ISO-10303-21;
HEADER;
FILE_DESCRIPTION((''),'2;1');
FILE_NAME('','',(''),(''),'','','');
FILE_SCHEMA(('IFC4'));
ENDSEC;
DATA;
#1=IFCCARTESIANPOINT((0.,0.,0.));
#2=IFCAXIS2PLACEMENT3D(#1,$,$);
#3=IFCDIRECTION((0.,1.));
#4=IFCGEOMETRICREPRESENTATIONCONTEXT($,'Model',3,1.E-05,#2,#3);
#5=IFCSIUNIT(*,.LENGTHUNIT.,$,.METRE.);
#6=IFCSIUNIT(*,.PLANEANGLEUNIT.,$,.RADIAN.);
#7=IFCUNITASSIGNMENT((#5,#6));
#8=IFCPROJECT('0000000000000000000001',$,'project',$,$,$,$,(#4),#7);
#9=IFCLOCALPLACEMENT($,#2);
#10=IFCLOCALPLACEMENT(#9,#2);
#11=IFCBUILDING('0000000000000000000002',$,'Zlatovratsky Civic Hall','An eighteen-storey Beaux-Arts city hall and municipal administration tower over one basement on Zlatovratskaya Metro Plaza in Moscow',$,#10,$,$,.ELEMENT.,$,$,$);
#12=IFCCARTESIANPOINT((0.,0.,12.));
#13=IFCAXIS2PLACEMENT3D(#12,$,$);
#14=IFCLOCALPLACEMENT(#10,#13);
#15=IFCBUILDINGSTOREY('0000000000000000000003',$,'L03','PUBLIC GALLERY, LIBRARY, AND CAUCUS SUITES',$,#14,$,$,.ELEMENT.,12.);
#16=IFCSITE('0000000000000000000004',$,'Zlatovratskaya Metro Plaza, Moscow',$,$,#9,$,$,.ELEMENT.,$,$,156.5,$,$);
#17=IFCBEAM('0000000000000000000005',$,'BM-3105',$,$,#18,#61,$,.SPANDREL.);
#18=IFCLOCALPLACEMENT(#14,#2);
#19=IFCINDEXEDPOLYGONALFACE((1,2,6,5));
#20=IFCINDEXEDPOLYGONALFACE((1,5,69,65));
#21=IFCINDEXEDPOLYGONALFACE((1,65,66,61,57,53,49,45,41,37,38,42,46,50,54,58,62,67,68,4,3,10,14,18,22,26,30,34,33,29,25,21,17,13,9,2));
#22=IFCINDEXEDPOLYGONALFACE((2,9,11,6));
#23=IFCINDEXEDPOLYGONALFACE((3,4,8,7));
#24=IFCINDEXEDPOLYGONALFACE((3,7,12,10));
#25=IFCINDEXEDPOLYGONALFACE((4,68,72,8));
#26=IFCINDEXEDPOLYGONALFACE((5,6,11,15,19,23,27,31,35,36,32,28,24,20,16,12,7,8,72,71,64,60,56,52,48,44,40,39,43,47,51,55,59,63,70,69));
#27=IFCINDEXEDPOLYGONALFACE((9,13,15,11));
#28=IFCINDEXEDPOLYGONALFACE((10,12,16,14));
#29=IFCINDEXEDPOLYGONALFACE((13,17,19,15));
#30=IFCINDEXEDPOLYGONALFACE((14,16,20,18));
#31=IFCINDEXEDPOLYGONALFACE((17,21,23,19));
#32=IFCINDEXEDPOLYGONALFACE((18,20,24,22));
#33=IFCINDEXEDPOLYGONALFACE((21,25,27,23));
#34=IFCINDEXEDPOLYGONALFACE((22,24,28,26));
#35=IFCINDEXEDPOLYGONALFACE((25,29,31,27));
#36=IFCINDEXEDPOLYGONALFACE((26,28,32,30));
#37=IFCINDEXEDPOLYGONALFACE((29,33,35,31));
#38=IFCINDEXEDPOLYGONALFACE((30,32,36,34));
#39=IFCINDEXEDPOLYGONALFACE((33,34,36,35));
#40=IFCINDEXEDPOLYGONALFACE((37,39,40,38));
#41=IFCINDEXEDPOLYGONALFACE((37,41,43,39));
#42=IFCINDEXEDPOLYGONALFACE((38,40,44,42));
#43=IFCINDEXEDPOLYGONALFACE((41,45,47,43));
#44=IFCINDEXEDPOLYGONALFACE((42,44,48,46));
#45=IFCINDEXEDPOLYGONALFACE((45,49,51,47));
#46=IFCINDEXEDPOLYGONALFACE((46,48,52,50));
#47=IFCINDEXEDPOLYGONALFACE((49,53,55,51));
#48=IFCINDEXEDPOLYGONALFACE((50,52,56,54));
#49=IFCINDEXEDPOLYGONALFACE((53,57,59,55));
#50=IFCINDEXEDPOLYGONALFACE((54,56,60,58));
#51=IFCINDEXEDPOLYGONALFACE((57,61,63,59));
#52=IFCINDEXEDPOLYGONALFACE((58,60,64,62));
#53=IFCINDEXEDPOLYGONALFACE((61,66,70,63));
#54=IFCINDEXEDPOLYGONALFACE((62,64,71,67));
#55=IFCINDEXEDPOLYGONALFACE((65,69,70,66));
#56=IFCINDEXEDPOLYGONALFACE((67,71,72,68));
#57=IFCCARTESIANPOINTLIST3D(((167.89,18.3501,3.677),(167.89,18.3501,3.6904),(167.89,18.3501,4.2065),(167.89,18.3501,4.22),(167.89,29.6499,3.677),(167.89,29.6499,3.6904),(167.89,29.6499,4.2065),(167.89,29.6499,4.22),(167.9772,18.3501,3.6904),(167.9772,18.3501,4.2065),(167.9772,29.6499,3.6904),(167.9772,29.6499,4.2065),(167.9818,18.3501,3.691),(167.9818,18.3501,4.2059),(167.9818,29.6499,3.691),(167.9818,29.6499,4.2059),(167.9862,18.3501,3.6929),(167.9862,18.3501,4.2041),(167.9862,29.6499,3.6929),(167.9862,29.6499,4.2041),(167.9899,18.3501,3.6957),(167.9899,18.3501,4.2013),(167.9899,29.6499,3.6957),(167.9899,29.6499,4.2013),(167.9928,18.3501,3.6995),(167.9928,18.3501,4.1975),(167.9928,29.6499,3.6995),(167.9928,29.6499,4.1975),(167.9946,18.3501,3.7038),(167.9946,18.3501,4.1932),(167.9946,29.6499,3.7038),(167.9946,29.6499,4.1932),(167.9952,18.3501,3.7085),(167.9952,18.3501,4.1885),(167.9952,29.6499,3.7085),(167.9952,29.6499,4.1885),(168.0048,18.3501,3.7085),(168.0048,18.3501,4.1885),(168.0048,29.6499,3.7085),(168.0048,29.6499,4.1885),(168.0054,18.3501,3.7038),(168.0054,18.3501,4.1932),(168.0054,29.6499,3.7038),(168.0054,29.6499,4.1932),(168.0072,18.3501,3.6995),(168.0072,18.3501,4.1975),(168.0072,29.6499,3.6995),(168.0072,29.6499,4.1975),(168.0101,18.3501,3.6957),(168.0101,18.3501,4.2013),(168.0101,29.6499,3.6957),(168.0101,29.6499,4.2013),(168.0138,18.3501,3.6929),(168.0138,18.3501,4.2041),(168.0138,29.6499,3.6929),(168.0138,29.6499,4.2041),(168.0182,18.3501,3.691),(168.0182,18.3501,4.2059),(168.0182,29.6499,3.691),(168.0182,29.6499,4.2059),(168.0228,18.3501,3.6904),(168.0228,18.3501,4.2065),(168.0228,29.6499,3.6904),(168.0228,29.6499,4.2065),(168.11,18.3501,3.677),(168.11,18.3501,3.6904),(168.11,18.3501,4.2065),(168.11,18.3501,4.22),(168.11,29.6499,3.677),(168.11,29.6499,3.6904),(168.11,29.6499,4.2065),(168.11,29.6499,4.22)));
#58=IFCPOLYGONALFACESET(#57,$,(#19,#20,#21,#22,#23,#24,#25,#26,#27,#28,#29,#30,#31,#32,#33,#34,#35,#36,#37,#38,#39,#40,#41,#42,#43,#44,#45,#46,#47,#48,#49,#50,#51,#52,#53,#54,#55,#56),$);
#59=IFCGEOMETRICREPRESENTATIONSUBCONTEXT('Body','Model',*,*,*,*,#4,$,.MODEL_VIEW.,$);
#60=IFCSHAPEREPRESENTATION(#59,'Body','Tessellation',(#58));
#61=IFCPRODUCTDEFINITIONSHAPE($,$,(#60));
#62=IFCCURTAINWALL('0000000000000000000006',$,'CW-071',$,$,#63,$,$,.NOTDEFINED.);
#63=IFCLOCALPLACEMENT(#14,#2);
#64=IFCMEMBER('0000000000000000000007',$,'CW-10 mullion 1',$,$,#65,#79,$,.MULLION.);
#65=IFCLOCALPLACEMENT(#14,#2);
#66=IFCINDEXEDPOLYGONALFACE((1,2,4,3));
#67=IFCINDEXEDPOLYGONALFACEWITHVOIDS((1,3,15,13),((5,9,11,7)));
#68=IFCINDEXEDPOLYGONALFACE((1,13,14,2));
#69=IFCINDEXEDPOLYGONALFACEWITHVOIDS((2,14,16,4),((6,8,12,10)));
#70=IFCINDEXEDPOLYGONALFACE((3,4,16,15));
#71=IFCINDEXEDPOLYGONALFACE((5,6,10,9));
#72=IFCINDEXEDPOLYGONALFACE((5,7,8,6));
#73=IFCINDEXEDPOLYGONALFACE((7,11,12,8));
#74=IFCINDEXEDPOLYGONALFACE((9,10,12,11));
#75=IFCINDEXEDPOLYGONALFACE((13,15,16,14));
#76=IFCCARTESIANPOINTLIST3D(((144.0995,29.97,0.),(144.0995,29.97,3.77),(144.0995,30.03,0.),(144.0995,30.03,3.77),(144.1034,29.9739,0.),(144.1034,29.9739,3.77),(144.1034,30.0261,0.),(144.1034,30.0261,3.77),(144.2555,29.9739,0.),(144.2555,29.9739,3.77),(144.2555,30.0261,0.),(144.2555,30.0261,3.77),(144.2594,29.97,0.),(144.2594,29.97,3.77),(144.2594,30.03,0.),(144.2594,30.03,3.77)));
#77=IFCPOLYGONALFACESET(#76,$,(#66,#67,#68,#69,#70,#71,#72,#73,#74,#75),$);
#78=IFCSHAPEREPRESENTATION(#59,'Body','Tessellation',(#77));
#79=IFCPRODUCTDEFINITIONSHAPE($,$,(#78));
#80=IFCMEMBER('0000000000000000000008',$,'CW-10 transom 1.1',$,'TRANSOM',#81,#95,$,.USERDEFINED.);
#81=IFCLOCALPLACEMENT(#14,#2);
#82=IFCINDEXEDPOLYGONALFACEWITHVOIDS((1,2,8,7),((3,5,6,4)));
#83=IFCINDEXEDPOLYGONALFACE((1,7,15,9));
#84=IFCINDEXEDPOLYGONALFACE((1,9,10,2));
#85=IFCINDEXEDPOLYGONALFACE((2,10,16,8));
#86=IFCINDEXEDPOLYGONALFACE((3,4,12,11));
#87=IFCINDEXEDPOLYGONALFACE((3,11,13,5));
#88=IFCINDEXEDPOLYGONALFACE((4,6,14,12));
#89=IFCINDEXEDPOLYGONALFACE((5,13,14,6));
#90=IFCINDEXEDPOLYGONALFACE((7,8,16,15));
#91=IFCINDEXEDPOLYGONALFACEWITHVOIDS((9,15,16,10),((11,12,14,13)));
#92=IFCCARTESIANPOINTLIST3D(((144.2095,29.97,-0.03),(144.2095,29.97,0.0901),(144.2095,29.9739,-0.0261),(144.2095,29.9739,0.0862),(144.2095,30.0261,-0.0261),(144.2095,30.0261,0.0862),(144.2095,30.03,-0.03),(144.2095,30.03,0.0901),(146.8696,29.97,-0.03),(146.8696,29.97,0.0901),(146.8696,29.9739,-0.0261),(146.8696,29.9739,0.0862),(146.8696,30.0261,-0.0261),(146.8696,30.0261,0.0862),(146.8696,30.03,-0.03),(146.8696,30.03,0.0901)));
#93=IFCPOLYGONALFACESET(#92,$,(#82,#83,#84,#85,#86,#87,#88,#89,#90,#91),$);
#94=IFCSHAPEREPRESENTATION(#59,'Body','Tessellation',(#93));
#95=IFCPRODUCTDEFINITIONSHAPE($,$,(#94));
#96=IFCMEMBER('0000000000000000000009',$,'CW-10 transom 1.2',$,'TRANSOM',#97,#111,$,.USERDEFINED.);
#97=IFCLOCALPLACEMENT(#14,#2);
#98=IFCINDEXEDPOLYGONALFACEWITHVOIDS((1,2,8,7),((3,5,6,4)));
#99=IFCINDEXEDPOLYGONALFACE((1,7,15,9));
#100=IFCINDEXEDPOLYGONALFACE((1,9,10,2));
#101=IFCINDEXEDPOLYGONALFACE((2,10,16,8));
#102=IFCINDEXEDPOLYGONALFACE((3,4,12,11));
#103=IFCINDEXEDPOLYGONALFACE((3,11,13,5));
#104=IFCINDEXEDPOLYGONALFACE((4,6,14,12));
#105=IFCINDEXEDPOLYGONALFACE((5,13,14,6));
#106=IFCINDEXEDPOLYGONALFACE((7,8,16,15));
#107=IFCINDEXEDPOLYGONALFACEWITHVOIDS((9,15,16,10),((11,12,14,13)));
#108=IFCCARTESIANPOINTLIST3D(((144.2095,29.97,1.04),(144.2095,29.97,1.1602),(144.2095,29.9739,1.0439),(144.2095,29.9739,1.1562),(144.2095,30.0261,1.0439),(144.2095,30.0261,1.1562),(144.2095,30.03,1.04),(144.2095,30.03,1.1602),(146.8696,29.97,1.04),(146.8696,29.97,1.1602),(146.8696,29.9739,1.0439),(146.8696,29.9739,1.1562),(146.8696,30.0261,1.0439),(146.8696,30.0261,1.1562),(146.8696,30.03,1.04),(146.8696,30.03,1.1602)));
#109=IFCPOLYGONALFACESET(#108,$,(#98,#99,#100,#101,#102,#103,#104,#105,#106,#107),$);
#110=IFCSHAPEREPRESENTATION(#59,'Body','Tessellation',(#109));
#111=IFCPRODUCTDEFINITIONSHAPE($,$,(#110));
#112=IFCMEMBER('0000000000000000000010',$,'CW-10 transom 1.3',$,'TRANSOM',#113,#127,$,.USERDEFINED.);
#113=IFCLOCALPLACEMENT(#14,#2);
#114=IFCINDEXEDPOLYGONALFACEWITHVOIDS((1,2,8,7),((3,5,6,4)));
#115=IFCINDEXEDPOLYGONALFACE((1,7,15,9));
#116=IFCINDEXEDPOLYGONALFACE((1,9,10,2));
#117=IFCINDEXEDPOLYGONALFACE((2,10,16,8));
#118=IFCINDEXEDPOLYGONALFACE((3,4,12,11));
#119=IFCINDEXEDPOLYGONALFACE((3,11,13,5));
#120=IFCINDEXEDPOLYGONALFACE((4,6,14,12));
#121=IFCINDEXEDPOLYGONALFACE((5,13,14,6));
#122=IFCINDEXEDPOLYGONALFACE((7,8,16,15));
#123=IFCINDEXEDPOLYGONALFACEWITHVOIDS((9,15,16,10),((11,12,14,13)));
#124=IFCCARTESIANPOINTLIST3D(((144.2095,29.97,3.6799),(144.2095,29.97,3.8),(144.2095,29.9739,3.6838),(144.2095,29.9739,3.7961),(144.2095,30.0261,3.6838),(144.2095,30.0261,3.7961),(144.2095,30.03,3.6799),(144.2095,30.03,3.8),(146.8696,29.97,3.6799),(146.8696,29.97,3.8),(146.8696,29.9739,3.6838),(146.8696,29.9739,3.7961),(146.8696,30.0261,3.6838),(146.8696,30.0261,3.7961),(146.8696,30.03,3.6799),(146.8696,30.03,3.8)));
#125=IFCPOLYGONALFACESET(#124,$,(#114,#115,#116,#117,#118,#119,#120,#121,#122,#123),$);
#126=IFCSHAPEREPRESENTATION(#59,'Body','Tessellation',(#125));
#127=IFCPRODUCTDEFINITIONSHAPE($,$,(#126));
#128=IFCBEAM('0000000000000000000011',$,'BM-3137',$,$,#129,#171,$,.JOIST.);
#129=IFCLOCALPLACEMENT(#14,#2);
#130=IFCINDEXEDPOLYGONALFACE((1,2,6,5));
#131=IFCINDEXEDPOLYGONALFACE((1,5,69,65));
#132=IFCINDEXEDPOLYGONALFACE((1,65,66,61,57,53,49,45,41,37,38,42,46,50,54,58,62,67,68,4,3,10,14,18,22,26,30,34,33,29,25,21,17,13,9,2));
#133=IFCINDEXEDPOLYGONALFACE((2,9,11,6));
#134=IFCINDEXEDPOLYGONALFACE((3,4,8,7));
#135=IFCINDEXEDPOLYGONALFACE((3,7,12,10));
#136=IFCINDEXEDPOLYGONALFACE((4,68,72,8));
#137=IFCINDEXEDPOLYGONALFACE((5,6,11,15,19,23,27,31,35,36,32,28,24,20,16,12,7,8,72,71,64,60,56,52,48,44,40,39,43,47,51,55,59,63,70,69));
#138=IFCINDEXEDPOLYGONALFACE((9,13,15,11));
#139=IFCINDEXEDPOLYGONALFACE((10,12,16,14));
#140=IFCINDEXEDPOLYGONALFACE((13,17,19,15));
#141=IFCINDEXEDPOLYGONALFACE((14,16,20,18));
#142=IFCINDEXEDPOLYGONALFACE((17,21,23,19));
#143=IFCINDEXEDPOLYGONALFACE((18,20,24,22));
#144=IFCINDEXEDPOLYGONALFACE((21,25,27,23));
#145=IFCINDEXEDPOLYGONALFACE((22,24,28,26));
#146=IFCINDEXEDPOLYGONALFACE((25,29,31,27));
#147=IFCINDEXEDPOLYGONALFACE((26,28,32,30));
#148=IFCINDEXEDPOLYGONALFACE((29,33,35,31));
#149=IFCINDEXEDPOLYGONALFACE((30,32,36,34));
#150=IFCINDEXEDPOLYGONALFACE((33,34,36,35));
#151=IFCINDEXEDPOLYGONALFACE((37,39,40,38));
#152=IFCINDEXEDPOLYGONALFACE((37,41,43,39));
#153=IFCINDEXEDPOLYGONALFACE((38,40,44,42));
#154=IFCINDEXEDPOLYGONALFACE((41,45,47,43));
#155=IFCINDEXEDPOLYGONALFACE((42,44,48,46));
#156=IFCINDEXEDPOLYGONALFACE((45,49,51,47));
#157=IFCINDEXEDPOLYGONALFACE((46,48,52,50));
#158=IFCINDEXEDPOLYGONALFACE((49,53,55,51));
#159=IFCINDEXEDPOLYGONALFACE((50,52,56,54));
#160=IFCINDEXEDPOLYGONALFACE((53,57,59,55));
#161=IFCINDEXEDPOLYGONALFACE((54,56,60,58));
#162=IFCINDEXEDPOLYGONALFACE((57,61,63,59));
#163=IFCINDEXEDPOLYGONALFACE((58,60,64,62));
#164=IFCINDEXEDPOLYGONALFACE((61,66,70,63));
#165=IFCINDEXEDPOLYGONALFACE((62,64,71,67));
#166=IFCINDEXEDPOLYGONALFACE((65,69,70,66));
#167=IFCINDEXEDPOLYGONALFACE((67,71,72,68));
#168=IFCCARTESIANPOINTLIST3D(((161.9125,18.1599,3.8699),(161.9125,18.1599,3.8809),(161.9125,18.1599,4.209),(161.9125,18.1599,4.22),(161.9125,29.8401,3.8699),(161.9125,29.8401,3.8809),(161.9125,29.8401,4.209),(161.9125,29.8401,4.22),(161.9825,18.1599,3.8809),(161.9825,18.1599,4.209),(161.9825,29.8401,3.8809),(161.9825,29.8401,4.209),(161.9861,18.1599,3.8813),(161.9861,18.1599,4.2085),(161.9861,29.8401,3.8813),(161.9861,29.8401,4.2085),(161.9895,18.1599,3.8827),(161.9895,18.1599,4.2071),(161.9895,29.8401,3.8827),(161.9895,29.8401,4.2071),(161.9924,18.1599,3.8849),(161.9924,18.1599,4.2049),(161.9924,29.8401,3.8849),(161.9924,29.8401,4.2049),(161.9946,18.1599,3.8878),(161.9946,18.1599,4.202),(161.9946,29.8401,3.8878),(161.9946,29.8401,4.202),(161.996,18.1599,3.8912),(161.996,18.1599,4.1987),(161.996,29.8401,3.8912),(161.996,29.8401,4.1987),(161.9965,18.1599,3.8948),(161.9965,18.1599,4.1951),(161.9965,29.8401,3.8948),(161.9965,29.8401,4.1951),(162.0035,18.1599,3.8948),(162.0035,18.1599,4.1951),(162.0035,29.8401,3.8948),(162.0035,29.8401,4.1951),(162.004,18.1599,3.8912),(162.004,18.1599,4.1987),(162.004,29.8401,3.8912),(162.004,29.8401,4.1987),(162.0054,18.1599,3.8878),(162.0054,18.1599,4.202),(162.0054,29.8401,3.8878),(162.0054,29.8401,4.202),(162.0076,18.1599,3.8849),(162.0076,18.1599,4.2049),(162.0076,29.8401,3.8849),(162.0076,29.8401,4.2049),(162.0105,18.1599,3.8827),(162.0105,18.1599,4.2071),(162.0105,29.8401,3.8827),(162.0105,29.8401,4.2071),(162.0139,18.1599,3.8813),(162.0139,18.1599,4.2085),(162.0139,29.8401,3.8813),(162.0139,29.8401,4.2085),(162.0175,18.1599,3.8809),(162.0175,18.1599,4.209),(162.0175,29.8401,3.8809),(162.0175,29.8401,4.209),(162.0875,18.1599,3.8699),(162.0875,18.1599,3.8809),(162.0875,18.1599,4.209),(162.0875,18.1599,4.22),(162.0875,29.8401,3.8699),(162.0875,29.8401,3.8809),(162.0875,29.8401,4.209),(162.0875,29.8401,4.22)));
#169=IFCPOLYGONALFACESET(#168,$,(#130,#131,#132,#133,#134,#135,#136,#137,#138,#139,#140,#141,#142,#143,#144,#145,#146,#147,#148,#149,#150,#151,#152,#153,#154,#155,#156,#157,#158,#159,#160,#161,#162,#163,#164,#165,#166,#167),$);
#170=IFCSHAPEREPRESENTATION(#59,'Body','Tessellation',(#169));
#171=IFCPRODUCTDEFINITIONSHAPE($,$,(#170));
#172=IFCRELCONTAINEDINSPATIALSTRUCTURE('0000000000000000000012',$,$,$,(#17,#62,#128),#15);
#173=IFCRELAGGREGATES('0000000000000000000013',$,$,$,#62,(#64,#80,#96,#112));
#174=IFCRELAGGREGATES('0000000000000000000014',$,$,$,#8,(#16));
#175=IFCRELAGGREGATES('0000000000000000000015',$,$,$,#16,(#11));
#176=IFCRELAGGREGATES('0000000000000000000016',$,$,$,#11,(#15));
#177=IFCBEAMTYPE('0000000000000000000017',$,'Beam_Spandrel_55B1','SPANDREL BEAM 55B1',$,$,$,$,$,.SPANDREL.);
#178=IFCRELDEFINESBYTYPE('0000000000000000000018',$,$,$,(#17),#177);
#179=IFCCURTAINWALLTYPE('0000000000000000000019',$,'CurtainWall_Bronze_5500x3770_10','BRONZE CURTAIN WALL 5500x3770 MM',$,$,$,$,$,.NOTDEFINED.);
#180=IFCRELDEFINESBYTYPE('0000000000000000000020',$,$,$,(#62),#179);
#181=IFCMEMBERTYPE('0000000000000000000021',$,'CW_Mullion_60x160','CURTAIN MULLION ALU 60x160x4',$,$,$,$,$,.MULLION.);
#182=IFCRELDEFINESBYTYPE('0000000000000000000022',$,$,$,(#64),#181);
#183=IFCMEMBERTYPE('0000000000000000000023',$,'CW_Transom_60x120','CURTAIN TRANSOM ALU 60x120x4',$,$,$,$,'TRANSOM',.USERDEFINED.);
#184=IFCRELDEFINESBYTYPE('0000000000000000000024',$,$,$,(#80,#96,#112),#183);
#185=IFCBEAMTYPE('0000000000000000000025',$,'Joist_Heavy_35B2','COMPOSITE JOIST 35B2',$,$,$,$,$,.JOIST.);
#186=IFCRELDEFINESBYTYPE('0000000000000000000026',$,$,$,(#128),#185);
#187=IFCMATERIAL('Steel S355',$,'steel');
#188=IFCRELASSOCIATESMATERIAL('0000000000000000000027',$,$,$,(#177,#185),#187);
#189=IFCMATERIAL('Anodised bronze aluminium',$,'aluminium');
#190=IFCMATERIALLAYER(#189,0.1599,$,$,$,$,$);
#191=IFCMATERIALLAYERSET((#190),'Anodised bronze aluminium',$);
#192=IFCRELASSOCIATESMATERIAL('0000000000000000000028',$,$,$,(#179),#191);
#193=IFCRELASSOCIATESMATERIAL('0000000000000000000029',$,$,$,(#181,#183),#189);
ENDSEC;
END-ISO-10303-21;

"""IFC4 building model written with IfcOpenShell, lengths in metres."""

from ifc_helpers import new_model, si_unit, direction, frame, origin, origin_2d, place, context, subcontext, project, spatial, hollow_rectangle, i_section, extrude, material, layer, layer_set, material_profile, profile_set, type_object, element, aggregate, save


model = new_model("IFC4")

# Units and contexts
model_context = context("Model", 3, precision=1e-05, world=origin(), true_north=direction((0.0, 1.0)))
body_context = subcontext(model_context, "Body", "Model", "MODEL_VIEW")
ifc_project = project(units=[si_unit("LENGTHUNIT", "METRE"), si_unit("PLANEANGLEUNIT", "RADIAN")], contexts=[model_context])

# Site, building, storey
site_placement = place(None, origin())
site = spatial("IfcSite", under=ifc_project, at=site_placement, Name="Zlatovratskaya Metro Plaza, Moscow", CompositionType="ELEMENT", RefElevation=156.5)
building_placement = place(site_placement, origin())
building = spatial("IfcBuilding", under=site, at=building_placement, Name="Zlatovratsky Civic Hall", Description="An eighteen-storey Beaux-Arts city hall and municipal administration tower over one basement on Zlatovratskaya Metro Plaza in Moscow", CompositionType="ELEMENT")
storey_placement = place(building_placement, frame((0.0, 0.0, 12.0)))
storey = spatial("IfcBuildingStorey", under=building, at=storey_placement, Name="L03", Description="PUBLIC GALLERY, LIBRARY, AND CAUCUS SUITES", CompositionType="ELEMENT", Elevation=12.0)

# Shared definitions
ifc_material_1 = material(Name="Steel S355", Category="steel")

# Beam
ifc_material_profile_1 = material_profile(ifc_material_1, i_section(OverallWidth=0.22, OverallDepth=0.543, WebThickness=0.0095, FlangeThickness=0.0134, FilletRadius=0.0181, at=origin_2d()), Name="55B1")
ifc_profile_set_1 = profile_set([ifc_material_profile_1], Name="Steel S355")
beam_type_1 = type_object("IfcBeamType", Name="Beam_Spandrel_55B1", Description="SPANDREL BEAM 55B1", PredefinedType="SPANDREL", material=ifc_profile_set_1)
beam_1_placement = place(storey_placement, frame((168.0, 18.3501, 3.9485), z_axis=(0.0, 1.0, 0.0), x_axis=(-1.0, 0.0, 0.0)))
element("IfcBeam", 1, at=beam_1_placement, inside=storey, type_object=beam_type_1, Name="BM-3105", PredefinedType="SPANDREL", context=body_context, shape_type="SweptSolid", body=[
    extrude(i_section(OverallWidth=0.22, OverallDepth=0.543, WebThickness=0.0095, FlangeThickness=0.0134, FilletRadius=0.0181, at=origin_2d()), origin(), (0.0, 0.0, 1.0), 11.2998),
])

# Curtain wall, members
ifc_material_2 = material(Name="Anodised bronze aluminium", Category="aluminium")
ifc_layer_1 = layer(ifc_material_2, 0.1599)
ifc_layer_set_1 = layer_set([ifc_layer_1], Name="Anodised bronze aluminium")
curtain_wall_type = type_object("IfcCurtainWallType", Name="CurtainWall_Bronze_5500x3770_10", Description="BRONZE CURTAIN WALL 5500x3770 MM", PredefinedType="NOTDEFINED", material=ifc_layer_set_1)
curtain_wall_placement = place(storey_placement, origin())
curtain_wall = element("IfcCurtainWall", 2, at=curtain_wall_placement, inside=storey, type_object=curtain_wall_type, Name="CW-071", PredefinedType="NOTDEFINED")
ifc_material_profile_2 = material_profile(ifc_material_2, hollow_rectangle(XDim=0.0601, YDim=0.1599, WallThickness=0.0039, at=origin_2d()), Name="ALU 60x160x4")
ifc_profile_set_2 = profile_set([ifc_material_profile_2], Name="Anodised bronze aluminium")
member_type_1 = type_object("IfcMemberType", Name="CW_Mullion_60x160", Description="CURTAIN MULLION ALU 60x160x4", PredefinedType="MULLION", material=ifc_profile_set_2)
member_1_placement = place(storey_placement, frame((144.1794, 30.0, 0.0), z_axis=(0.0, 0.0, 1.0), x_axis=(0.0, 1.0, 0.0)))
member_1 = element("IfcMember", 3, at=member_1_placement, type_object=member_type_1, Name="CW-10 mullion 1", PredefinedType="MULLION", context=body_context, shape_type="SweptSolid", body=[
    extrude(hollow_rectangle(XDim=0.0601, YDim=0.1599, WallThickness=0.0039, at=origin_2d()), origin(), (0.0, 0.0, 1.0), 3.77),
])
ifc_material_profile_3 = material_profile(ifc_material_2, hollow_rectangle(XDim=0.0601, YDim=0.1201, WallThickness=0.0039, at=origin_2d()), Name="ALU 60x120x4")
ifc_profile_set_3 = profile_set([ifc_material_profile_3], Name="Anodised bronze aluminium")
member_type_2 = type_object("IfcMemberType", Name="CW_Transom_60x120", Description="CURTAIN TRANSOM ALU 60x120x4", ElementType="TRANSOM", PredefinedType="USERDEFINED", material=ifc_profile_set_3)
member_2_placement = place(storey_placement, frame((144.2095, 30.0, 0.03), z_axis=(1.0, 0.0, 0.0), x_axis=(0.0, 1.0, 0.0)))
member_2 = element("IfcMember", 4, at=member_2_placement, type_object=member_type_2, Name="CW-10 transom 1.1", ObjectType="TRANSOM", PredefinedType="USERDEFINED", context=body_context, shape_type="SweptSolid", body=[
    extrude(hollow_rectangle(XDim=0.0601, YDim=0.1201, WallThickness=0.0039, at=origin_2d()), origin(), (0.0, 0.0, 1.0), 2.6602),
])
member_3_placement = place(storey_placement, frame((144.2095, 30.0, 1.1001), z_axis=(1.0, 0.0, 0.0), x_axis=(0.0, 1.0, 0.0)))
member_3 = element("IfcMember", 5, at=member_3_placement, type_object=member_type_2, Name="CW-10 transom 1.2", ObjectType="TRANSOM", PredefinedType="USERDEFINED", context=body_context, shape_type="SweptSolid", body=[
    extrude(hollow_rectangle(XDim=0.0601, YDim=0.1201, WallThickness=0.0039, at=origin_2d()), origin(), (0.0, 0.0, 1.0), 2.6602),
])
member_4_placement = place(storey_placement, frame((144.2095, 30.0, 3.74), z_axis=(1.0, 0.0, 0.0), x_axis=(0.0, 1.0, 0.0)))
member_4 = element("IfcMember", 6, at=member_4_placement, type_object=member_type_2, Name="CW-10 transom 1.3", ObjectType="TRANSOM", PredefinedType="USERDEFINED", context=body_context, shape_type="SweptSolid", body=[
    extrude(hollow_rectangle(XDim=0.0601, YDim=0.1201, WallThickness=0.0039, at=origin_2d()), origin(), (0.0, 0.0, 1.0), 2.6602),
])
aggregate(curtain_wall, [member_1, member_2, member_3, member_4])

# Beam
ifc_material_profile_4 = material_profile(ifc_material_1, i_section(OverallWidth=0.175, OverallDepth=0.3501, WebThickness=0.0071, FlangeThickness=0.011, FilletRadius=0.0139, at=origin_2d()), Name="35B2")
ifc_profile_set_4 = profile_set([ifc_material_profile_4], Name="Steel S355")
beam_type_2 = type_object("IfcBeamType", Name="Joist_Heavy_35B2", Description="COMPOSITE JOIST 35B2", PredefinedType="JOIST", material=ifc_profile_set_4)
beam_2_placement = place(storey_placement, frame((162.0, 18.1599, 4.0449), z_axis=(0.0, 1.0, 0.0), x_axis=(-1.0, 0.0, 0.0)))
element("IfcBeam", 7, at=beam_2_placement, inside=storey, type_object=beam_type_2, Name="BM-3137", PredefinedType="JOIST", context=body_context, shape_type="SweptSolid", body=[
    extrude(i_section(OverallWidth=0.175, OverallDepth=0.3501, WebThickness=0.0071, FlangeThickness=0.011, FilletRadius=0.0139, at=origin_2d()), origin(), (0.0, 0.0, 1.0), 11.6802),
])

save(model, "model.ifc")
